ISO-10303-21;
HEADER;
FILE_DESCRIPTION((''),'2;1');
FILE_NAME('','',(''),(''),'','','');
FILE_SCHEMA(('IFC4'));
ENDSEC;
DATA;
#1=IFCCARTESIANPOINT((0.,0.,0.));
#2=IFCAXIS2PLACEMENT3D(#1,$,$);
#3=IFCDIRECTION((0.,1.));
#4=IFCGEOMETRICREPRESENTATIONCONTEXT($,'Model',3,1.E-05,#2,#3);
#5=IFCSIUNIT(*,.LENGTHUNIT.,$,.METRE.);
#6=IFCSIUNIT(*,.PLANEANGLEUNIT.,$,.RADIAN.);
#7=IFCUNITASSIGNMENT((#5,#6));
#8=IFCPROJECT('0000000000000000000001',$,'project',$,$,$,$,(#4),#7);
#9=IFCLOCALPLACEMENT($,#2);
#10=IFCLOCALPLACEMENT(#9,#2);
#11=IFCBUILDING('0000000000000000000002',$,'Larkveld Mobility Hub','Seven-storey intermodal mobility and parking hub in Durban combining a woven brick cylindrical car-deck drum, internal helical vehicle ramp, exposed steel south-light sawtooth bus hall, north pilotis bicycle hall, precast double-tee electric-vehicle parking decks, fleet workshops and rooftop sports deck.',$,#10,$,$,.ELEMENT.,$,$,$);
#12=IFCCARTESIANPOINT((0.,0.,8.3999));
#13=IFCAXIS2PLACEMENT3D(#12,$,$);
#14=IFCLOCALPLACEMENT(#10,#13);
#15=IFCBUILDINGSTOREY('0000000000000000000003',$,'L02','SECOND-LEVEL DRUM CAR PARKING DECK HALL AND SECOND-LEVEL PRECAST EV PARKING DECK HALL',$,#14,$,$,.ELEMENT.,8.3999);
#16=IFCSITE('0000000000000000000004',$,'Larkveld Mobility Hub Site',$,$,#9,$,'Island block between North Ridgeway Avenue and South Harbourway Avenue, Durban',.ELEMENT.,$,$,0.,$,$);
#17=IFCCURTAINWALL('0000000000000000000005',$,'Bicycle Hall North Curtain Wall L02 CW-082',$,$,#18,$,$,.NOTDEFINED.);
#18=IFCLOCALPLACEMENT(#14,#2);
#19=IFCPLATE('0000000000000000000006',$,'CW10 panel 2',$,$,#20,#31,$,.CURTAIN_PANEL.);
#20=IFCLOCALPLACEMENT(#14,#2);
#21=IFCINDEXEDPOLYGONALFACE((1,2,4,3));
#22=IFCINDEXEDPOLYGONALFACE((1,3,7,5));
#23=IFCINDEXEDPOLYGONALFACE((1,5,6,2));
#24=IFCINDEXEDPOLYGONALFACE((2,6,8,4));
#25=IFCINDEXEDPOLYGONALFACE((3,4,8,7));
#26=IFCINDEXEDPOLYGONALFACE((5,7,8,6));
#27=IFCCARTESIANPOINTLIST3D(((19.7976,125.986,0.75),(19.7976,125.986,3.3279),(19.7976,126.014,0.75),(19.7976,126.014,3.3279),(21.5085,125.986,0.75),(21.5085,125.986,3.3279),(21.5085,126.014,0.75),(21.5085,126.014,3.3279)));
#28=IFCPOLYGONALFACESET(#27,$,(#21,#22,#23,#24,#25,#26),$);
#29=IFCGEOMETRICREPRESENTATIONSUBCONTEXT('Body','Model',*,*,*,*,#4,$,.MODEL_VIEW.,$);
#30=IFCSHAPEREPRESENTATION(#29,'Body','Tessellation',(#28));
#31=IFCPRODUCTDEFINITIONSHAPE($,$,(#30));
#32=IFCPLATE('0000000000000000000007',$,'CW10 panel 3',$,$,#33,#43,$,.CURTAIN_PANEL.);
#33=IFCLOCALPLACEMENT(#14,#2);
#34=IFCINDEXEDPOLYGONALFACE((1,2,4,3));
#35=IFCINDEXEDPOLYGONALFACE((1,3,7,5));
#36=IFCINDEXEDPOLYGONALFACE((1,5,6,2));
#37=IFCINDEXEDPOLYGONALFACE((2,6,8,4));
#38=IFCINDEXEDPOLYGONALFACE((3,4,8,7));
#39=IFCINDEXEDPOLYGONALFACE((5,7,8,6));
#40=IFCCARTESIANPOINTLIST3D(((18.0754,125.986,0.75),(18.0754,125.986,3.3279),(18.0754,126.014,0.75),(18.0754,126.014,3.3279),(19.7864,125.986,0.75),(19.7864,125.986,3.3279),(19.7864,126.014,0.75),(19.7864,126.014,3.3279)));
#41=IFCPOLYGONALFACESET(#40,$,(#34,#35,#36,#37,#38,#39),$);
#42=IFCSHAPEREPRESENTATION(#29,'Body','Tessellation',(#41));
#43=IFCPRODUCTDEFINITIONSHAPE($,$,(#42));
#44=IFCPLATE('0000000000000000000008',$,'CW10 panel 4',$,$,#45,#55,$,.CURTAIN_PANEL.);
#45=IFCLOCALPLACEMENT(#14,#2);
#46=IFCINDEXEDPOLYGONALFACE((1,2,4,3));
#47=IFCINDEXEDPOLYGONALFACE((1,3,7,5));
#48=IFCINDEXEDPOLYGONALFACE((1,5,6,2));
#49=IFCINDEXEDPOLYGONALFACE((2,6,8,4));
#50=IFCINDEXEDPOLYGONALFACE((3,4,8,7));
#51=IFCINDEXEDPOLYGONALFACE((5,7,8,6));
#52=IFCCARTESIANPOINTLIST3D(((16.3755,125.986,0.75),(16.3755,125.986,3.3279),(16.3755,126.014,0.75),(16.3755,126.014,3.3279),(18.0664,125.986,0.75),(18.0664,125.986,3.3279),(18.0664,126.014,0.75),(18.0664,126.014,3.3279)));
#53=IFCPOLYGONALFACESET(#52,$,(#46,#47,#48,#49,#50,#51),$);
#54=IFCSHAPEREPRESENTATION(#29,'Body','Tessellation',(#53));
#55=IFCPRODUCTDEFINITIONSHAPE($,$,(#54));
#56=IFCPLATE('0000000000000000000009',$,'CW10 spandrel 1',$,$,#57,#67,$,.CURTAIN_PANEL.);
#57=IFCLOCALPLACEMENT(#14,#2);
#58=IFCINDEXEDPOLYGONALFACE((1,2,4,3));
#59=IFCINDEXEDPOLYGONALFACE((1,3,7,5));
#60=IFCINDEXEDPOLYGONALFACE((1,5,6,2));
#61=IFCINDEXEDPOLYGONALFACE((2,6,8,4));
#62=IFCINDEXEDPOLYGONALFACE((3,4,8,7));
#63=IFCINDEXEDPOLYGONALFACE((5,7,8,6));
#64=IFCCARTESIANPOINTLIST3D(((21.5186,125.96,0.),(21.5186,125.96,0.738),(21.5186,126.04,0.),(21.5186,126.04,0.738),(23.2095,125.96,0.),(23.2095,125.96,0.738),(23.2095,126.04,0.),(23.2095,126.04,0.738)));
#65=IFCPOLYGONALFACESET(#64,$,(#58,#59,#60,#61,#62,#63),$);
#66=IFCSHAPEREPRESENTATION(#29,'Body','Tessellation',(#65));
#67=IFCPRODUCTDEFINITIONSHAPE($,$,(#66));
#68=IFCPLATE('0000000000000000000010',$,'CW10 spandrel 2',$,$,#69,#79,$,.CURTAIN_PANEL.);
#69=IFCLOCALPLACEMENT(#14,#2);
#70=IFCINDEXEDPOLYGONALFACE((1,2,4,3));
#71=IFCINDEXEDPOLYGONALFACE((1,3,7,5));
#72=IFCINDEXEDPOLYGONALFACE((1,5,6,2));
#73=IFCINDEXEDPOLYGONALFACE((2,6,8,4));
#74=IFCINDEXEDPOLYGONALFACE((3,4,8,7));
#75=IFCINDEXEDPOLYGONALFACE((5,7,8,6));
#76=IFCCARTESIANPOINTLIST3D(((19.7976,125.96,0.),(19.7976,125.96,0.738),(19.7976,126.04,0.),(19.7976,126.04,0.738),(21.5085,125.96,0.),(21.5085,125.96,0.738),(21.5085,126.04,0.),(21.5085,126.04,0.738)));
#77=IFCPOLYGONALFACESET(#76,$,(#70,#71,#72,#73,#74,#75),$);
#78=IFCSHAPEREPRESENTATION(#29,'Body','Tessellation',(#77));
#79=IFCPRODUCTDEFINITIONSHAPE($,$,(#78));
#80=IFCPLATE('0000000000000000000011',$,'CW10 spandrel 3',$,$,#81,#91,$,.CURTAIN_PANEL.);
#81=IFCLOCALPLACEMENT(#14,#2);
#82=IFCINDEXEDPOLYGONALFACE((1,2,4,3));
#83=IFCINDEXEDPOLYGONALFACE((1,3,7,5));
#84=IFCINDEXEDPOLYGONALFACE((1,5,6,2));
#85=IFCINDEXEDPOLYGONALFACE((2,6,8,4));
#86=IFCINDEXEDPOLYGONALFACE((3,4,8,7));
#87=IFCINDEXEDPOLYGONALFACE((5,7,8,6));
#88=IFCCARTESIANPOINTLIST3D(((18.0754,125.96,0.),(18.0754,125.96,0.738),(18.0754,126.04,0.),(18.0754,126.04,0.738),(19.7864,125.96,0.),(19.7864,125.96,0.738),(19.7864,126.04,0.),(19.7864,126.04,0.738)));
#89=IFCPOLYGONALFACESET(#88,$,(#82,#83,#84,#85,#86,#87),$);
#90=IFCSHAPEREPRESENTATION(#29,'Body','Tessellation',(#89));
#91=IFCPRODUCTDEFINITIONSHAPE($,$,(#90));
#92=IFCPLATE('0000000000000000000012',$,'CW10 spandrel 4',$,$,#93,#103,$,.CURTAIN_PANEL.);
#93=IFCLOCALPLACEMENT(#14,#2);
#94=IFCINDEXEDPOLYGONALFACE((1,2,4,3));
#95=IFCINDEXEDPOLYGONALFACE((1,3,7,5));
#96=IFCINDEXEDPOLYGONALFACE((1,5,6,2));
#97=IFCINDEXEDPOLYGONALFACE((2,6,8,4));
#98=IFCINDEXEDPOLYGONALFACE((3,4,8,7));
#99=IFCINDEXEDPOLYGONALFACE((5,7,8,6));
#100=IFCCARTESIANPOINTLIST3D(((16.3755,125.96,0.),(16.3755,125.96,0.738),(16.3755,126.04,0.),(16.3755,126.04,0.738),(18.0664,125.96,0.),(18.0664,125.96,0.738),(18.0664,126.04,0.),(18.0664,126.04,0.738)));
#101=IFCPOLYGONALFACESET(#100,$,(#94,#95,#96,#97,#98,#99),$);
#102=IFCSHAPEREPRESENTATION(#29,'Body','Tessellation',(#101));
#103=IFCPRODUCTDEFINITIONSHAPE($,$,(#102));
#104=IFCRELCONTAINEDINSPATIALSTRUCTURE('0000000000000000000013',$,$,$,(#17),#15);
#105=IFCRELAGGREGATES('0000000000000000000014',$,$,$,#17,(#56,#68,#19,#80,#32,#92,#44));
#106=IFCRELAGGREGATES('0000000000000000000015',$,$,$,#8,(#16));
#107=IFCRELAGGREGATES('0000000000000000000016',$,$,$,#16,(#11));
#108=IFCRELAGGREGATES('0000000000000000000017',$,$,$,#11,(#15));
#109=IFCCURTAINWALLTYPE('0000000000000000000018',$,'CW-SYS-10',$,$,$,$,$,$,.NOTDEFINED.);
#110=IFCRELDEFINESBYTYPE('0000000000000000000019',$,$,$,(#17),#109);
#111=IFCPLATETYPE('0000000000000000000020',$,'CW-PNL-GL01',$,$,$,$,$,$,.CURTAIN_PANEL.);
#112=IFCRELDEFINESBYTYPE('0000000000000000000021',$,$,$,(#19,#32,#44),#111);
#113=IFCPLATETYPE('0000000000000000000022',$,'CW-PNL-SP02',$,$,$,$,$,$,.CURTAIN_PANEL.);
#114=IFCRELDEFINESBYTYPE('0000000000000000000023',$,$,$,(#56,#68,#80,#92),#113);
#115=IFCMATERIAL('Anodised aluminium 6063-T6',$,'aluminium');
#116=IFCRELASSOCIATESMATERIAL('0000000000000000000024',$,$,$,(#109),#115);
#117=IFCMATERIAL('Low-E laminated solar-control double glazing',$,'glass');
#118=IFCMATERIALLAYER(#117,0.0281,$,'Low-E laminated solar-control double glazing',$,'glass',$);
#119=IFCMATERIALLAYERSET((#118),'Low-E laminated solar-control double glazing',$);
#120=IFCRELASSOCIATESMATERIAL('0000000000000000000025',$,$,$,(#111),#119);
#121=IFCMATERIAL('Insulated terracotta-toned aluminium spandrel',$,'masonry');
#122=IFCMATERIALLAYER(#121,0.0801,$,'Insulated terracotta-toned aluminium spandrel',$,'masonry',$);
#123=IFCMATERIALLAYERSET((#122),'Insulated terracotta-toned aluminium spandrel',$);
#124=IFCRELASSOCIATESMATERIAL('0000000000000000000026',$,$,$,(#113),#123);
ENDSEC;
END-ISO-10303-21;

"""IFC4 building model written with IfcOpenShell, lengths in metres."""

from ifc_helpers import new_model, si_unit, direction, frame, origin, origin_2d, place, context, subcontext, project, spatial, rectangle, extrude, material, layer, layer_set, type_object, element, aggregate, save


model = new_model("IFC4")

# Units and contexts
model_context = context("Model", 3, precision=1e-05, world=origin(), true_north=direction((0.0, 1.0)))
body_context = subcontext(model_context, "Body", "Model", "MODEL_VIEW")
ifc_project = project(units=[si_unit("LENGTHUNIT", "METRE"), si_unit("PLANEANGLEUNIT", "RADIAN")], contexts=[model_context])

# Site, building, storey
site_placement = place(None, origin())
site = spatial("IfcSite", under=ifc_project, at=site_placement, Name="Larkveld Mobility Hub Site", LongName="Island block between North Ridgeway Avenue and South Harbourway Avenue, Durban", CompositionType="ELEMENT", RefElevation=0.0)
building_placement = place(site_placement, origin())
building = spatial("IfcBuilding", under=site, at=building_placement, Name="Larkveld Mobility Hub", Description="Seven-storey intermodal mobility and parking hub in Durban combining a woven brick cylindrical car-deck drum, internal helical vehicle ramp, exposed steel south-light sawtooth bus hall, north pilotis bicycle hall, precast double-tee electric-vehicle parking decks, fleet workshops and rooftop sports deck.", CompositionType="ELEMENT")
storey_placement = place(building_placement, frame((0.0, 0.0, 8.3999)))
storey = spatial("IfcBuildingStorey", under=building, at=storey_placement, Name="L02", Description="SECOND-LEVEL DRUM CAR PARKING DECK HALL AND SECOND-LEVEL PRECAST EV PARKING DECK HALL", CompositionType="ELEMENT", Elevation=8.3999)

# Curtain wall, plates
ifc_material_1 = material(Name="Anodised aluminium 6063-T6", Category="aluminium")
curtain_wall_type = type_object("IfcCurtainWallType", Name="CW-SYS-10", PredefinedType="NOTDEFINED", material=ifc_material_1)
curtain_wall_placement = place(storey_placement, origin())
curtain_wall = element("IfcCurtainWall", 1, at=curtain_wall_placement, inside=storey, type_object=curtain_wall_type, Name="Bicycle Hall North Curtain Wall L02 CW-082", PredefinedType="NOTDEFINED")
ifc_material_2 = material(Name="Low-E laminated solar-control double glazing", Category="glass")
ifc_layer_1 = layer(ifc_material_2, 0.0281, Name="Low-E laminated solar-control double glazing", Category="glass")
ifc_layer_set_1 = layer_set([ifc_layer_1], Name="Low-E laminated solar-control double glazing")
plate_type_1 = type_object("IfcPlateType", Name="CW-PNL-GL01", PredefinedType="CURTAIN_PANEL", material=ifc_layer_set_1)
plate_1_placement = place(storey_placement, frame((20.6531, 126.0, 0.75), z_axis=(0.0, 0.0, 1.0), x_axis=(-1.0, 0.0, 0.0)))
plate_1 = element("IfcPlate", 2, at=plate_1_placement, type_object=plate_type_1, Name="CW10 panel 2", PredefinedType="CURTAIN_PANEL", context=body_context, shape_type="SweptSolid", body=[
    extrude(rectangle(XDim=1.7109, YDim=0.0281, at=origin_2d()), origin(), (0.0, 0.0, 1.0), 2.5779),
])
plate_2_placement = place(storey_placement, frame((18.9309, 126.0, 0.75), z_axis=(0.0, 0.0, 1.0), x_axis=(-1.0, 0.0, 0.0)))
plate_2 = element("IfcPlate", 3, at=plate_2_placement, type_object=plate_type_1, Name="CW10 panel 3", PredefinedType="CURTAIN_PANEL", context=body_context, shape_type="SweptSolid", body=[
    extrude(rectangle(XDim=1.7109, YDim=0.0281, at=origin_2d()), origin(), (0.0, 0.0, 1.0), 2.5779),
])
plate_3_placement = place(storey_placement, frame((17.2209, 126.0, 0.75), z_axis=(0.0, 0.0, 1.0), x_axis=(-1.0, 0.0, 0.0)))
plate_3 = element("IfcPlate", 4, at=plate_3_placement, type_object=plate_type_1, Name="CW10 panel 4", PredefinedType="CURTAIN_PANEL", context=body_context, shape_type="SweptSolid", body=[
    extrude(rectangle(XDim=1.6909, YDim=0.0281, at=origin_2d()), origin(), (0.0, 0.0, 1.0), 2.5779),
])
ifc_material_3 = material(Name="Insulated terracotta-toned aluminium spandrel", Category="masonry")
ifc_layer_2 = layer(ifc_material_3, 0.0801, Name="Insulated terracotta-toned aluminium spandrel", Category="masonry")
ifc_layer_set_2 = layer_set([ifc_layer_2], Name="Insulated terracotta-toned aluminium spandrel")
plate_type_2 = type_object("IfcPlateType", Name="CW-PNL-SP02", PredefinedType="CURTAIN_PANEL", material=ifc_layer_set_2)
plate_4_placement = place(storey_placement, frame((22.364, 126.0, 0.0), z_axis=(0.0, 0.0, 1.0), x_axis=(-1.0, 0.0, 0.0)))
plate_4 = element("IfcPlate", 5, at=plate_4_placement, type_object=plate_type_2, Name="CW10 spandrel 1", PredefinedType="CURTAIN_PANEL", context=body_context, shape_type="SweptSolid", body=[
    extrude(rectangle(XDim=1.6909, YDim=0.0801, at=origin_2d()), origin(), (0.0, 0.0, 1.0), 0.738),
])
plate_5_placement = place(storey_placement, frame((20.6531, 126.0, 0.0), z_axis=(0.0, 0.0, 1.0), x_axis=(-1.0, 0.0, 0.0)))
plate_5 = element("IfcPlate", 6, at=plate_5_placement, type_object=plate_type_2, Name="CW10 spandrel 2", PredefinedType="CURTAIN_PANEL", context=body_context, shape_type="SweptSolid", body=[
    extrude(rectangle(XDim=1.7109, YDim=0.0801, at=origin_2d()), origin(), (0.0, 0.0, 1.0), 0.738),
])
plate_6_placement = place(storey_placement, frame((18.9309, 126.0, 0.0), z_axis=(0.0, 0.0, 1.0), x_axis=(-1.0, 0.0, 0.0)))
plate_6 = element("IfcPlate", 7, at=plate_6_placement, type_object=plate_type_2, Name="CW10 spandrel 3", PredefinedType="CURTAIN_PANEL", context=body_context, shape_type="SweptSolid", body=[
    extrude(rectangle(XDim=1.7109, YDim=0.0801, at=origin_2d()), origin(), (0.0, 0.0, 1.0), 0.738),
])
plate_7_placement = place(storey_placement, frame((17.2209, 126.0, 0.0), z_axis=(0.0, 0.0, 1.0), x_axis=(-1.0, 0.0, 0.0)))
plate_7 = element("IfcPlate", 8, at=plate_7_placement, type_object=plate_type_2, Name="CW10 spandrel 4", PredefinedType="CURTAIN_PANEL", context=body_context, shape_type="SweptSolid", body=[
    extrude(rectangle(XDim=1.6909, YDim=0.0801, at=origin_2d()), origin(), (0.0, 0.0, 1.0), 0.738),
])
aggregate(curtain_wall, [plate_4, plate_5, plate_1, plate_6, plate_2, plate_7, plate_3])

save(model, "model.ifc")
